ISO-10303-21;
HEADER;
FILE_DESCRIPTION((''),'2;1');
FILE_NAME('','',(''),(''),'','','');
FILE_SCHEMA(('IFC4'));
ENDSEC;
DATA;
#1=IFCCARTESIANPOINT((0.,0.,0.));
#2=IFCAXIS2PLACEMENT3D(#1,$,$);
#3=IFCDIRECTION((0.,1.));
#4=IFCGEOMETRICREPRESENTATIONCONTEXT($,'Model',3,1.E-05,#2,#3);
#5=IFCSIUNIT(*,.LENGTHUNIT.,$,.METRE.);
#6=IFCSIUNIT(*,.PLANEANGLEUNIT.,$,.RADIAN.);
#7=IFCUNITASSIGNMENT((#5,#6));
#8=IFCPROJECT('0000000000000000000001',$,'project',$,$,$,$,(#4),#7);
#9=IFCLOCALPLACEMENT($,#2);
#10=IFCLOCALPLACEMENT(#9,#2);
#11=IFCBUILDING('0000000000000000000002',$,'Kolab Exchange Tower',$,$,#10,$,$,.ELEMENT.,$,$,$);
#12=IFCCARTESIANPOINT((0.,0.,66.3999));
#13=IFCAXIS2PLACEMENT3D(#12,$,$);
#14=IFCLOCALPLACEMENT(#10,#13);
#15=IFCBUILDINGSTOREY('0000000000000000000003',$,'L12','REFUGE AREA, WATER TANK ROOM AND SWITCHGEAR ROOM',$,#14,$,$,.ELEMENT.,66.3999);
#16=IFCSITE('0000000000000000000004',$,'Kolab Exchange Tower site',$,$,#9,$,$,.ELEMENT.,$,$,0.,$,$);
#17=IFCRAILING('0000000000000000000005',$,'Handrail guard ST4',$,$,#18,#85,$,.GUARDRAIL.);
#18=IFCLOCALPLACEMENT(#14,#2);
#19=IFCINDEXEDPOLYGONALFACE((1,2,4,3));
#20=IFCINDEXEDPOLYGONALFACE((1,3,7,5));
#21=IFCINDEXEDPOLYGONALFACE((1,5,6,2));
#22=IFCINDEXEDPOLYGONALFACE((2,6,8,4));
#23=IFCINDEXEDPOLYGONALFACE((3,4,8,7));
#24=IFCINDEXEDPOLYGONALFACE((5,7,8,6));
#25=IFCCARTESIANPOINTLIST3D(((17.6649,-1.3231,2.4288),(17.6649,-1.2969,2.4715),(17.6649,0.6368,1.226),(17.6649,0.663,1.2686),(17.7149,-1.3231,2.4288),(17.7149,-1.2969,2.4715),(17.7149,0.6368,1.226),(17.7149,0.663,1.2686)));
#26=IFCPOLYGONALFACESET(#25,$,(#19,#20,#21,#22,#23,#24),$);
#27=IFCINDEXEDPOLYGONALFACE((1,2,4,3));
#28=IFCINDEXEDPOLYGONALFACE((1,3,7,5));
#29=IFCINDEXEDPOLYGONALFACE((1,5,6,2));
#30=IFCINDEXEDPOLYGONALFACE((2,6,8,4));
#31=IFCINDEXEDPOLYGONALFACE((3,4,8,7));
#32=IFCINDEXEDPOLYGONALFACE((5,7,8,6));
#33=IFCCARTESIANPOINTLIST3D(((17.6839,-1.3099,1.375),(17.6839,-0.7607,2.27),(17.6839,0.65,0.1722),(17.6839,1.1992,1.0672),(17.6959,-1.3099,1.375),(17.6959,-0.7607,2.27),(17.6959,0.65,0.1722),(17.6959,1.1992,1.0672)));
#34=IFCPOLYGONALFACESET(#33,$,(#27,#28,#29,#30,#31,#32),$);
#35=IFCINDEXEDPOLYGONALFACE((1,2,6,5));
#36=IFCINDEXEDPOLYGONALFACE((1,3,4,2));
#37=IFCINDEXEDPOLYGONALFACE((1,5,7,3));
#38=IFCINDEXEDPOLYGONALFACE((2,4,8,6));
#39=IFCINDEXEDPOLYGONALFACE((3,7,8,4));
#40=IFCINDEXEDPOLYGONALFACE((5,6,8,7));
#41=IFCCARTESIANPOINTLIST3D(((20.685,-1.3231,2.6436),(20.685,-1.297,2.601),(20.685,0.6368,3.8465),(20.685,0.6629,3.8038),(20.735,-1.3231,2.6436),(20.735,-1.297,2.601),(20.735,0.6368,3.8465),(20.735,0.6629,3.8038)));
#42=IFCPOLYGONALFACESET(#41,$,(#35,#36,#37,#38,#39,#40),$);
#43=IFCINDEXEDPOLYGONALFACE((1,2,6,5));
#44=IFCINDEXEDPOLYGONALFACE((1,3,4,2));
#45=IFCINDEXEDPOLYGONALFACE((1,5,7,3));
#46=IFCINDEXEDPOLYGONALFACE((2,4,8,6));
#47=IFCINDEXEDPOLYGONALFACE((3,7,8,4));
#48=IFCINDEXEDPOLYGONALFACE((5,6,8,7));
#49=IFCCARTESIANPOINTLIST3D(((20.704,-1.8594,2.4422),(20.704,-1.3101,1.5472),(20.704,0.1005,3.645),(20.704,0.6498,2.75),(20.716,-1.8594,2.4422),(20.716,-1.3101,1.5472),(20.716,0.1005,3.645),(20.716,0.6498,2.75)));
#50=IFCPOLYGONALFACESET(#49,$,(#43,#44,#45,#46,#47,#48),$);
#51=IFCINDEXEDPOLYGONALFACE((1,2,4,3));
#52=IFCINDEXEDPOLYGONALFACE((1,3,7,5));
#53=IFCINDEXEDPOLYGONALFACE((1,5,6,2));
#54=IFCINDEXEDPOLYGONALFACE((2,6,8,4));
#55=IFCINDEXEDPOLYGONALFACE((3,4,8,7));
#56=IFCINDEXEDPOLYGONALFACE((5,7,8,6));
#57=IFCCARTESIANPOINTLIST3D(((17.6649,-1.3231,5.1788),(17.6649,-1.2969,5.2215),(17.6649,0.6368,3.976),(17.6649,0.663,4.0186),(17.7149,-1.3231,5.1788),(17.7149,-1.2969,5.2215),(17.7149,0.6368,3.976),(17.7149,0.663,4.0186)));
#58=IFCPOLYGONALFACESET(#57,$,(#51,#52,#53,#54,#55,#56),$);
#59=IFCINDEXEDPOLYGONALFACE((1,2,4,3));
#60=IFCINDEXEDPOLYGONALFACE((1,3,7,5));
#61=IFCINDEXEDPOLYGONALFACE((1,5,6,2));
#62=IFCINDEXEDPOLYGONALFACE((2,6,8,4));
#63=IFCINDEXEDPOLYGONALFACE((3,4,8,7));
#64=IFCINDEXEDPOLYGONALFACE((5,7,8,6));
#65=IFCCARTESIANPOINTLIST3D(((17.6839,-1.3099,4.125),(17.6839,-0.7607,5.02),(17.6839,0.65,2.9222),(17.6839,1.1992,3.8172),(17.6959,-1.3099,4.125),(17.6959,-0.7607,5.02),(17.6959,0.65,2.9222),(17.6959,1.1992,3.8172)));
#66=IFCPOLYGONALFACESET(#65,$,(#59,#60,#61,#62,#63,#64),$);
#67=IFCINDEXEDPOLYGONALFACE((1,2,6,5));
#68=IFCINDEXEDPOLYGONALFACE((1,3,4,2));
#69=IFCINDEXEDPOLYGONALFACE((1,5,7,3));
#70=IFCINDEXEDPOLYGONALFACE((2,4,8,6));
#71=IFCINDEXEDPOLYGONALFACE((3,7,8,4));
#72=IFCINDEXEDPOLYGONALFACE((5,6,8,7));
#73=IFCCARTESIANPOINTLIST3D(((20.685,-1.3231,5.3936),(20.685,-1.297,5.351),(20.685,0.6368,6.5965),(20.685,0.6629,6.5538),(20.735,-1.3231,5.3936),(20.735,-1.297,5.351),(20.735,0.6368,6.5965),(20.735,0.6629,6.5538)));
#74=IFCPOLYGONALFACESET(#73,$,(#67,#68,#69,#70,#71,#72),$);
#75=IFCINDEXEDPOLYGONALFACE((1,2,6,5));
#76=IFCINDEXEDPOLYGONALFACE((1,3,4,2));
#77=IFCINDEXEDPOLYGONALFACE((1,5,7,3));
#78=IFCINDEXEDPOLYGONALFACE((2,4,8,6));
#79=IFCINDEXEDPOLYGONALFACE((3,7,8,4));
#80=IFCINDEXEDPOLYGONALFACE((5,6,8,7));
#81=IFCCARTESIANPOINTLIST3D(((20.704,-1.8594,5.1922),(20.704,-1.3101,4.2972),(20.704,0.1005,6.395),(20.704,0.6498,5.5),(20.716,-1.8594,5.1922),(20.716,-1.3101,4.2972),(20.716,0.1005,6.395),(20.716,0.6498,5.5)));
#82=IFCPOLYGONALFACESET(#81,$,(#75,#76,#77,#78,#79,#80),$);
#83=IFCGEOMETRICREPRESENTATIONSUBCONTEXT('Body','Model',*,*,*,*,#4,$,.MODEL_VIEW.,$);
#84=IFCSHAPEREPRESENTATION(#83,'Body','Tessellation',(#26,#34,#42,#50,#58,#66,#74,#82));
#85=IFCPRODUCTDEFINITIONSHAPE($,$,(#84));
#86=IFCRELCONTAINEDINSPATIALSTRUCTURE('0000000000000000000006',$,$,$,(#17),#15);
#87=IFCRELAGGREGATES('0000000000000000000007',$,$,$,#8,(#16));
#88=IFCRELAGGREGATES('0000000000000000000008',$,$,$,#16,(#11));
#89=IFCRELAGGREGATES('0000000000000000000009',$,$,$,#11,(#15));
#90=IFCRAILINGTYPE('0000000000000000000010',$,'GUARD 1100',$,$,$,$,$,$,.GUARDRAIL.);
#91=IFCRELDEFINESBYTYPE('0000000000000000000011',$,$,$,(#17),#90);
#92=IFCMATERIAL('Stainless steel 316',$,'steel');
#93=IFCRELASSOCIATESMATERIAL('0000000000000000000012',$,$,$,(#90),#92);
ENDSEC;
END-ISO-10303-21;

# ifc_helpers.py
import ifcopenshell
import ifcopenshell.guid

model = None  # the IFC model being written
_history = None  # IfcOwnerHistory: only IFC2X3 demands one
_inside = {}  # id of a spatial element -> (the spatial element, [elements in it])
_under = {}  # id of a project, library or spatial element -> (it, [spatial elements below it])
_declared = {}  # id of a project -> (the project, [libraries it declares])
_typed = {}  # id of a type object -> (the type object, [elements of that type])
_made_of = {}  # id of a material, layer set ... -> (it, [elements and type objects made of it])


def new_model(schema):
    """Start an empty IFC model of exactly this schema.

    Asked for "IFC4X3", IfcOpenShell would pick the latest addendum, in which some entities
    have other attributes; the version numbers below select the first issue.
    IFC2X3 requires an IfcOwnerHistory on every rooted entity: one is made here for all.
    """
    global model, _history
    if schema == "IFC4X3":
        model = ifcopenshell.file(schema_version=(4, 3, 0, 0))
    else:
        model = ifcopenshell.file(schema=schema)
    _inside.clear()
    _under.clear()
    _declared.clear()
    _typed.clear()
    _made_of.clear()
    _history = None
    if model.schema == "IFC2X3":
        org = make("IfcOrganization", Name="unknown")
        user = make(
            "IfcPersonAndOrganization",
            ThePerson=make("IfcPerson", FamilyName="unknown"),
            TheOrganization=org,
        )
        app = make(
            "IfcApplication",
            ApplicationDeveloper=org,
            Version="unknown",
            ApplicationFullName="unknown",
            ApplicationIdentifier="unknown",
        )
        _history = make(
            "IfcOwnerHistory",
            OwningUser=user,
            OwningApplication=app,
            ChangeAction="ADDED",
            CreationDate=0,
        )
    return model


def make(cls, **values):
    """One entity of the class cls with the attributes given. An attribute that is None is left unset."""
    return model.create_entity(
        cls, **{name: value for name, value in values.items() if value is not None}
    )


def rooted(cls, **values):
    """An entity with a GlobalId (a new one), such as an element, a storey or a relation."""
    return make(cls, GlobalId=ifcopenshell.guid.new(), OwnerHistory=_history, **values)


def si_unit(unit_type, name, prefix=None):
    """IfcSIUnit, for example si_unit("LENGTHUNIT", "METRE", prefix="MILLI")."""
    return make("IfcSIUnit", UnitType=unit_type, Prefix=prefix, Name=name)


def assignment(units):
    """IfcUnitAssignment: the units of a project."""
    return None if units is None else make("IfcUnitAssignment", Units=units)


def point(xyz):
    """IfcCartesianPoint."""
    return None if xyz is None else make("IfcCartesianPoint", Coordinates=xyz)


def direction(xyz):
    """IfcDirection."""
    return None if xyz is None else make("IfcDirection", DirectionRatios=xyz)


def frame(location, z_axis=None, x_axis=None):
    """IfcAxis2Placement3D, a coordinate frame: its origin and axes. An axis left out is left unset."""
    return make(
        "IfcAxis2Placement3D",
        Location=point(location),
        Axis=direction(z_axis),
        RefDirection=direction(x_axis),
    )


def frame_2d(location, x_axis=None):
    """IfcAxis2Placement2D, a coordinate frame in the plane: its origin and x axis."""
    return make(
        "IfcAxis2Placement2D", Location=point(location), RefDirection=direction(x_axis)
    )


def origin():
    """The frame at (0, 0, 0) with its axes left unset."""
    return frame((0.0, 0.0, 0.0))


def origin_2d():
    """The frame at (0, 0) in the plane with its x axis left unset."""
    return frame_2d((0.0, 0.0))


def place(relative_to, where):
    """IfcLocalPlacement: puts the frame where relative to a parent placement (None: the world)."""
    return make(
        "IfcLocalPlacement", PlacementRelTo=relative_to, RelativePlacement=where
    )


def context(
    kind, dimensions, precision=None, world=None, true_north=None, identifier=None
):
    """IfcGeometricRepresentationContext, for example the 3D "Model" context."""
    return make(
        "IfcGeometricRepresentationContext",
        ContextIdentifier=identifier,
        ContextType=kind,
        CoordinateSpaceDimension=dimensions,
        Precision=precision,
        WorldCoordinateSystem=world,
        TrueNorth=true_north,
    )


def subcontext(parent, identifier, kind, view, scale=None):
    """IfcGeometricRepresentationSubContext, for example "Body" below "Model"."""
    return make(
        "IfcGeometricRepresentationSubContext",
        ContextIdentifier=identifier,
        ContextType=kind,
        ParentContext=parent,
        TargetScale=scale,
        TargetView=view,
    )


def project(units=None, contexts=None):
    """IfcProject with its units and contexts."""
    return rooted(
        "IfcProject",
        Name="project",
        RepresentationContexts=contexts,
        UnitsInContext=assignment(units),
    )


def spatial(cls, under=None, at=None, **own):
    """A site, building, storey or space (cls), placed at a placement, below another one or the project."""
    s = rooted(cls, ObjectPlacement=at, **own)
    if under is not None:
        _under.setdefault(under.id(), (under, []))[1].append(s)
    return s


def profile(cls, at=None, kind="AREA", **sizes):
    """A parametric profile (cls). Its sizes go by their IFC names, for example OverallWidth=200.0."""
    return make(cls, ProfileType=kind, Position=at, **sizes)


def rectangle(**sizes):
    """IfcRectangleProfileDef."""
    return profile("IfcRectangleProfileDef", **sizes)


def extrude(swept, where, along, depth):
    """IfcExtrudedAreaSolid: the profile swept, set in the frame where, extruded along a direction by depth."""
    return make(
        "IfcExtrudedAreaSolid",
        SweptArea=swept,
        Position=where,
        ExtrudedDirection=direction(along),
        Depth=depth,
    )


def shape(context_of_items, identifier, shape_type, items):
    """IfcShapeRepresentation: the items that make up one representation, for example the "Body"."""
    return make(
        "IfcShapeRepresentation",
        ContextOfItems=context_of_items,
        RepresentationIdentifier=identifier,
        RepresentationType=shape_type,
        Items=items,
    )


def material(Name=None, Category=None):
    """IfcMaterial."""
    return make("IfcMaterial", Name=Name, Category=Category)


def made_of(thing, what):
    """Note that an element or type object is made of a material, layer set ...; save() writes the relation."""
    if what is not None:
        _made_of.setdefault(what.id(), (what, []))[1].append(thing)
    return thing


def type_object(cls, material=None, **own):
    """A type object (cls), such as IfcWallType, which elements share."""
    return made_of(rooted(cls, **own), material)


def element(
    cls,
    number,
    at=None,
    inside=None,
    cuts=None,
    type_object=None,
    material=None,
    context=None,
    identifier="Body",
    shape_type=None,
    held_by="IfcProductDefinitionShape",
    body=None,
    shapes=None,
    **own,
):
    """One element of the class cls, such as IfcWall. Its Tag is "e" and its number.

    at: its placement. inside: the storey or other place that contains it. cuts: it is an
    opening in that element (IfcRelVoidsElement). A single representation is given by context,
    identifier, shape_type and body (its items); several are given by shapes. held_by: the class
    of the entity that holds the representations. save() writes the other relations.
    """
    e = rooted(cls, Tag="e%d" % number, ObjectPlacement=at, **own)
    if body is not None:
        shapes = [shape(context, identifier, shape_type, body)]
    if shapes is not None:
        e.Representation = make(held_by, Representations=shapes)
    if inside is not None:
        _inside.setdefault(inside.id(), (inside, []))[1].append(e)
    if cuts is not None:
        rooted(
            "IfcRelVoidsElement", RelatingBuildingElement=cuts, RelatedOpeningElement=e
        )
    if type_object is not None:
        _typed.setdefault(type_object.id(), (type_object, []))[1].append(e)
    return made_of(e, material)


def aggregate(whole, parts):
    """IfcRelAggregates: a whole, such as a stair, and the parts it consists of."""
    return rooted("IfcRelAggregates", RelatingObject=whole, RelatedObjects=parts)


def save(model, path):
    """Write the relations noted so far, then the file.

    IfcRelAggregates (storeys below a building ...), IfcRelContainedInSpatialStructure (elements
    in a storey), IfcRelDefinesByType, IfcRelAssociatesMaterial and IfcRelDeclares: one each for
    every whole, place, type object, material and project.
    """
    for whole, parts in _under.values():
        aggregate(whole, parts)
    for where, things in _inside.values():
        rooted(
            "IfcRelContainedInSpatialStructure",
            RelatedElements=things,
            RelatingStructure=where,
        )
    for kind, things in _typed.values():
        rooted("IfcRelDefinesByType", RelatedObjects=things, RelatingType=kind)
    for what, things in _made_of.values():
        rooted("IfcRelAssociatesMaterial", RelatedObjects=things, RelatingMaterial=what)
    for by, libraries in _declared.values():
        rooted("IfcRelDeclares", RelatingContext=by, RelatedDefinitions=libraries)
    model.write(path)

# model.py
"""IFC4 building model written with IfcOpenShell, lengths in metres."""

from ifc_helpers import new_model, si_unit, direction, frame, frame_2d, origin, origin_2d, place, context, subcontext, project, spatial, rectangle, extrude, material, type_object, element, save


model = new_model("IFC4")

# Units and contexts
model_context = context("Model", 3, precision=1e-05, world=origin(), true_north=direction((0.0, 1.0)))
body_context = subcontext(model_context, "Body", "Model", "MODEL_VIEW")
ifc_project = project(units=[si_unit("LENGTHUNIT", "METRE"), si_unit("PLANEANGLEUNIT", "RADIAN")], contexts=[model_context])

# Site, building, storey
site_placement = place(None, origin())
site = spatial("IfcSite", under=ifc_project, at=site_placement, Name="Kolab Exchange Tower site", CompositionType="ELEMENT", RefElevation=0.0)
building_placement = place(site_placement, origin())
building = spatial("IfcBuilding", under=site, at=building_placement, Name="Kolab Exchange Tower", CompositionType="ELEMENT")
storey_placement = place(building_placement, frame((0.0, 0.0, 66.3999)))
storey = spatial("IfcBuildingStorey", under=building, at=storey_placement, Name="L12", Description="REFUGE AREA, WATER TANK ROOM AND SWITCHGEAR ROOM", CompositionType="ELEMENT", Elevation=66.3999)

# Railing
ifc_material_1 = material(Name="Stainless steel 316", Category="steel")
railing_type = type_object("IfcRailingType", Name="GUARD 1100", PredefinedType="GUARDRAIL", material=ifc_material_1)
railing_placement = place(storey_placement, frame((17.6899, 0.6499, 0.1721)))
element("IfcRailing", 1, at=railing_placement, inside=storey, type_object=railing_type, Name="Handrail guard ST4", PredefinedType="GUARDRAIL", context=body_context, shape_type="SweptSolid", body=[
    extrude(rectangle(XDim=0.05, YDim=0.05, at=origin_2d()), frame((0.0, 0.0, 1.0752), z_axis=(0.0, -0.852288, 0.523072), x_axis=(1.0, 0.0, 0.0)), (0.0, 0.0, 1.0), 2.2996),
    extrude(rectangle(XDim=0.012, YDim=1.0501, at=frame_2d((0.0, 0.5251))), frame((0.0, 0.0, 0.0), z_axis=(0.0, -0.852288, 0.523072), x_axis=(1.0, 0.0, 0.0)), (0.0, 0.0, 1.0), 2.2996),
    extrude(rectangle(XDim=0.05, YDim=0.05, at=origin_2d()), frame((3.02, -1.96, 2.4502), z_axis=(0.0, 0.852288, 0.523072), x_axis=(-1.0, 0.0, 0.0)), (0.0, 0.0, 1.0), 2.2996),
    extrude(rectangle(XDim=0.012, YDim=1.0501, at=frame_2d((0.0, 0.5251))), frame((3.02, -1.96, 1.375), z_axis=(0.0, 0.852288, 0.523072), x_axis=(-1.0, 0.0, 0.0)), (0.0, 0.0, 1.0), 2.2996),
    extrude(rectangle(XDim=0.05, YDim=0.05, at=origin_2d()), frame((0.0, 0.0, 3.8252), z_axis=(0.0, -0.852288, 0.523072), x_axis=(1.0, 0.0, 0.0)), (0.0, 0.0, 1.0), 2.2996),
    extrude(rectangle(XDim=0.012, YDim=1.0501, at=frame_2d((0.0, 0.5251))), frame((0.0, 0.0, 2.75), z_axis=(0.0, -0.852288, 0.523072), x_axis=(1.0, 0.0, 0.0)), (0.0, 0.0, 1.0), 2.2996),
    extrude(rectangle(XDim=0.05, YDim=0.05, at=origin_2d()), frame((3.02, -1.96, 5.2002), z_axis=(0.0, 0.852288, 0.523072), x_axis=(-1.0, 0.0, 0.0)), (0.0, 0.0, 1.0), 2.2996),
    extrude(rectangle(XDim=0.012, YDim=1.0501, at=frame_2d((0.0, 0.5251))), frame((3.02, -1.96, 4.125), z_axis=(0.0, 0.852288, 0.523072), x_axis=(-1.0, 0.0, 0.0)), (0.0, 0.0, 1.0), 2.2996),
])

save(model, "model.ifc")
